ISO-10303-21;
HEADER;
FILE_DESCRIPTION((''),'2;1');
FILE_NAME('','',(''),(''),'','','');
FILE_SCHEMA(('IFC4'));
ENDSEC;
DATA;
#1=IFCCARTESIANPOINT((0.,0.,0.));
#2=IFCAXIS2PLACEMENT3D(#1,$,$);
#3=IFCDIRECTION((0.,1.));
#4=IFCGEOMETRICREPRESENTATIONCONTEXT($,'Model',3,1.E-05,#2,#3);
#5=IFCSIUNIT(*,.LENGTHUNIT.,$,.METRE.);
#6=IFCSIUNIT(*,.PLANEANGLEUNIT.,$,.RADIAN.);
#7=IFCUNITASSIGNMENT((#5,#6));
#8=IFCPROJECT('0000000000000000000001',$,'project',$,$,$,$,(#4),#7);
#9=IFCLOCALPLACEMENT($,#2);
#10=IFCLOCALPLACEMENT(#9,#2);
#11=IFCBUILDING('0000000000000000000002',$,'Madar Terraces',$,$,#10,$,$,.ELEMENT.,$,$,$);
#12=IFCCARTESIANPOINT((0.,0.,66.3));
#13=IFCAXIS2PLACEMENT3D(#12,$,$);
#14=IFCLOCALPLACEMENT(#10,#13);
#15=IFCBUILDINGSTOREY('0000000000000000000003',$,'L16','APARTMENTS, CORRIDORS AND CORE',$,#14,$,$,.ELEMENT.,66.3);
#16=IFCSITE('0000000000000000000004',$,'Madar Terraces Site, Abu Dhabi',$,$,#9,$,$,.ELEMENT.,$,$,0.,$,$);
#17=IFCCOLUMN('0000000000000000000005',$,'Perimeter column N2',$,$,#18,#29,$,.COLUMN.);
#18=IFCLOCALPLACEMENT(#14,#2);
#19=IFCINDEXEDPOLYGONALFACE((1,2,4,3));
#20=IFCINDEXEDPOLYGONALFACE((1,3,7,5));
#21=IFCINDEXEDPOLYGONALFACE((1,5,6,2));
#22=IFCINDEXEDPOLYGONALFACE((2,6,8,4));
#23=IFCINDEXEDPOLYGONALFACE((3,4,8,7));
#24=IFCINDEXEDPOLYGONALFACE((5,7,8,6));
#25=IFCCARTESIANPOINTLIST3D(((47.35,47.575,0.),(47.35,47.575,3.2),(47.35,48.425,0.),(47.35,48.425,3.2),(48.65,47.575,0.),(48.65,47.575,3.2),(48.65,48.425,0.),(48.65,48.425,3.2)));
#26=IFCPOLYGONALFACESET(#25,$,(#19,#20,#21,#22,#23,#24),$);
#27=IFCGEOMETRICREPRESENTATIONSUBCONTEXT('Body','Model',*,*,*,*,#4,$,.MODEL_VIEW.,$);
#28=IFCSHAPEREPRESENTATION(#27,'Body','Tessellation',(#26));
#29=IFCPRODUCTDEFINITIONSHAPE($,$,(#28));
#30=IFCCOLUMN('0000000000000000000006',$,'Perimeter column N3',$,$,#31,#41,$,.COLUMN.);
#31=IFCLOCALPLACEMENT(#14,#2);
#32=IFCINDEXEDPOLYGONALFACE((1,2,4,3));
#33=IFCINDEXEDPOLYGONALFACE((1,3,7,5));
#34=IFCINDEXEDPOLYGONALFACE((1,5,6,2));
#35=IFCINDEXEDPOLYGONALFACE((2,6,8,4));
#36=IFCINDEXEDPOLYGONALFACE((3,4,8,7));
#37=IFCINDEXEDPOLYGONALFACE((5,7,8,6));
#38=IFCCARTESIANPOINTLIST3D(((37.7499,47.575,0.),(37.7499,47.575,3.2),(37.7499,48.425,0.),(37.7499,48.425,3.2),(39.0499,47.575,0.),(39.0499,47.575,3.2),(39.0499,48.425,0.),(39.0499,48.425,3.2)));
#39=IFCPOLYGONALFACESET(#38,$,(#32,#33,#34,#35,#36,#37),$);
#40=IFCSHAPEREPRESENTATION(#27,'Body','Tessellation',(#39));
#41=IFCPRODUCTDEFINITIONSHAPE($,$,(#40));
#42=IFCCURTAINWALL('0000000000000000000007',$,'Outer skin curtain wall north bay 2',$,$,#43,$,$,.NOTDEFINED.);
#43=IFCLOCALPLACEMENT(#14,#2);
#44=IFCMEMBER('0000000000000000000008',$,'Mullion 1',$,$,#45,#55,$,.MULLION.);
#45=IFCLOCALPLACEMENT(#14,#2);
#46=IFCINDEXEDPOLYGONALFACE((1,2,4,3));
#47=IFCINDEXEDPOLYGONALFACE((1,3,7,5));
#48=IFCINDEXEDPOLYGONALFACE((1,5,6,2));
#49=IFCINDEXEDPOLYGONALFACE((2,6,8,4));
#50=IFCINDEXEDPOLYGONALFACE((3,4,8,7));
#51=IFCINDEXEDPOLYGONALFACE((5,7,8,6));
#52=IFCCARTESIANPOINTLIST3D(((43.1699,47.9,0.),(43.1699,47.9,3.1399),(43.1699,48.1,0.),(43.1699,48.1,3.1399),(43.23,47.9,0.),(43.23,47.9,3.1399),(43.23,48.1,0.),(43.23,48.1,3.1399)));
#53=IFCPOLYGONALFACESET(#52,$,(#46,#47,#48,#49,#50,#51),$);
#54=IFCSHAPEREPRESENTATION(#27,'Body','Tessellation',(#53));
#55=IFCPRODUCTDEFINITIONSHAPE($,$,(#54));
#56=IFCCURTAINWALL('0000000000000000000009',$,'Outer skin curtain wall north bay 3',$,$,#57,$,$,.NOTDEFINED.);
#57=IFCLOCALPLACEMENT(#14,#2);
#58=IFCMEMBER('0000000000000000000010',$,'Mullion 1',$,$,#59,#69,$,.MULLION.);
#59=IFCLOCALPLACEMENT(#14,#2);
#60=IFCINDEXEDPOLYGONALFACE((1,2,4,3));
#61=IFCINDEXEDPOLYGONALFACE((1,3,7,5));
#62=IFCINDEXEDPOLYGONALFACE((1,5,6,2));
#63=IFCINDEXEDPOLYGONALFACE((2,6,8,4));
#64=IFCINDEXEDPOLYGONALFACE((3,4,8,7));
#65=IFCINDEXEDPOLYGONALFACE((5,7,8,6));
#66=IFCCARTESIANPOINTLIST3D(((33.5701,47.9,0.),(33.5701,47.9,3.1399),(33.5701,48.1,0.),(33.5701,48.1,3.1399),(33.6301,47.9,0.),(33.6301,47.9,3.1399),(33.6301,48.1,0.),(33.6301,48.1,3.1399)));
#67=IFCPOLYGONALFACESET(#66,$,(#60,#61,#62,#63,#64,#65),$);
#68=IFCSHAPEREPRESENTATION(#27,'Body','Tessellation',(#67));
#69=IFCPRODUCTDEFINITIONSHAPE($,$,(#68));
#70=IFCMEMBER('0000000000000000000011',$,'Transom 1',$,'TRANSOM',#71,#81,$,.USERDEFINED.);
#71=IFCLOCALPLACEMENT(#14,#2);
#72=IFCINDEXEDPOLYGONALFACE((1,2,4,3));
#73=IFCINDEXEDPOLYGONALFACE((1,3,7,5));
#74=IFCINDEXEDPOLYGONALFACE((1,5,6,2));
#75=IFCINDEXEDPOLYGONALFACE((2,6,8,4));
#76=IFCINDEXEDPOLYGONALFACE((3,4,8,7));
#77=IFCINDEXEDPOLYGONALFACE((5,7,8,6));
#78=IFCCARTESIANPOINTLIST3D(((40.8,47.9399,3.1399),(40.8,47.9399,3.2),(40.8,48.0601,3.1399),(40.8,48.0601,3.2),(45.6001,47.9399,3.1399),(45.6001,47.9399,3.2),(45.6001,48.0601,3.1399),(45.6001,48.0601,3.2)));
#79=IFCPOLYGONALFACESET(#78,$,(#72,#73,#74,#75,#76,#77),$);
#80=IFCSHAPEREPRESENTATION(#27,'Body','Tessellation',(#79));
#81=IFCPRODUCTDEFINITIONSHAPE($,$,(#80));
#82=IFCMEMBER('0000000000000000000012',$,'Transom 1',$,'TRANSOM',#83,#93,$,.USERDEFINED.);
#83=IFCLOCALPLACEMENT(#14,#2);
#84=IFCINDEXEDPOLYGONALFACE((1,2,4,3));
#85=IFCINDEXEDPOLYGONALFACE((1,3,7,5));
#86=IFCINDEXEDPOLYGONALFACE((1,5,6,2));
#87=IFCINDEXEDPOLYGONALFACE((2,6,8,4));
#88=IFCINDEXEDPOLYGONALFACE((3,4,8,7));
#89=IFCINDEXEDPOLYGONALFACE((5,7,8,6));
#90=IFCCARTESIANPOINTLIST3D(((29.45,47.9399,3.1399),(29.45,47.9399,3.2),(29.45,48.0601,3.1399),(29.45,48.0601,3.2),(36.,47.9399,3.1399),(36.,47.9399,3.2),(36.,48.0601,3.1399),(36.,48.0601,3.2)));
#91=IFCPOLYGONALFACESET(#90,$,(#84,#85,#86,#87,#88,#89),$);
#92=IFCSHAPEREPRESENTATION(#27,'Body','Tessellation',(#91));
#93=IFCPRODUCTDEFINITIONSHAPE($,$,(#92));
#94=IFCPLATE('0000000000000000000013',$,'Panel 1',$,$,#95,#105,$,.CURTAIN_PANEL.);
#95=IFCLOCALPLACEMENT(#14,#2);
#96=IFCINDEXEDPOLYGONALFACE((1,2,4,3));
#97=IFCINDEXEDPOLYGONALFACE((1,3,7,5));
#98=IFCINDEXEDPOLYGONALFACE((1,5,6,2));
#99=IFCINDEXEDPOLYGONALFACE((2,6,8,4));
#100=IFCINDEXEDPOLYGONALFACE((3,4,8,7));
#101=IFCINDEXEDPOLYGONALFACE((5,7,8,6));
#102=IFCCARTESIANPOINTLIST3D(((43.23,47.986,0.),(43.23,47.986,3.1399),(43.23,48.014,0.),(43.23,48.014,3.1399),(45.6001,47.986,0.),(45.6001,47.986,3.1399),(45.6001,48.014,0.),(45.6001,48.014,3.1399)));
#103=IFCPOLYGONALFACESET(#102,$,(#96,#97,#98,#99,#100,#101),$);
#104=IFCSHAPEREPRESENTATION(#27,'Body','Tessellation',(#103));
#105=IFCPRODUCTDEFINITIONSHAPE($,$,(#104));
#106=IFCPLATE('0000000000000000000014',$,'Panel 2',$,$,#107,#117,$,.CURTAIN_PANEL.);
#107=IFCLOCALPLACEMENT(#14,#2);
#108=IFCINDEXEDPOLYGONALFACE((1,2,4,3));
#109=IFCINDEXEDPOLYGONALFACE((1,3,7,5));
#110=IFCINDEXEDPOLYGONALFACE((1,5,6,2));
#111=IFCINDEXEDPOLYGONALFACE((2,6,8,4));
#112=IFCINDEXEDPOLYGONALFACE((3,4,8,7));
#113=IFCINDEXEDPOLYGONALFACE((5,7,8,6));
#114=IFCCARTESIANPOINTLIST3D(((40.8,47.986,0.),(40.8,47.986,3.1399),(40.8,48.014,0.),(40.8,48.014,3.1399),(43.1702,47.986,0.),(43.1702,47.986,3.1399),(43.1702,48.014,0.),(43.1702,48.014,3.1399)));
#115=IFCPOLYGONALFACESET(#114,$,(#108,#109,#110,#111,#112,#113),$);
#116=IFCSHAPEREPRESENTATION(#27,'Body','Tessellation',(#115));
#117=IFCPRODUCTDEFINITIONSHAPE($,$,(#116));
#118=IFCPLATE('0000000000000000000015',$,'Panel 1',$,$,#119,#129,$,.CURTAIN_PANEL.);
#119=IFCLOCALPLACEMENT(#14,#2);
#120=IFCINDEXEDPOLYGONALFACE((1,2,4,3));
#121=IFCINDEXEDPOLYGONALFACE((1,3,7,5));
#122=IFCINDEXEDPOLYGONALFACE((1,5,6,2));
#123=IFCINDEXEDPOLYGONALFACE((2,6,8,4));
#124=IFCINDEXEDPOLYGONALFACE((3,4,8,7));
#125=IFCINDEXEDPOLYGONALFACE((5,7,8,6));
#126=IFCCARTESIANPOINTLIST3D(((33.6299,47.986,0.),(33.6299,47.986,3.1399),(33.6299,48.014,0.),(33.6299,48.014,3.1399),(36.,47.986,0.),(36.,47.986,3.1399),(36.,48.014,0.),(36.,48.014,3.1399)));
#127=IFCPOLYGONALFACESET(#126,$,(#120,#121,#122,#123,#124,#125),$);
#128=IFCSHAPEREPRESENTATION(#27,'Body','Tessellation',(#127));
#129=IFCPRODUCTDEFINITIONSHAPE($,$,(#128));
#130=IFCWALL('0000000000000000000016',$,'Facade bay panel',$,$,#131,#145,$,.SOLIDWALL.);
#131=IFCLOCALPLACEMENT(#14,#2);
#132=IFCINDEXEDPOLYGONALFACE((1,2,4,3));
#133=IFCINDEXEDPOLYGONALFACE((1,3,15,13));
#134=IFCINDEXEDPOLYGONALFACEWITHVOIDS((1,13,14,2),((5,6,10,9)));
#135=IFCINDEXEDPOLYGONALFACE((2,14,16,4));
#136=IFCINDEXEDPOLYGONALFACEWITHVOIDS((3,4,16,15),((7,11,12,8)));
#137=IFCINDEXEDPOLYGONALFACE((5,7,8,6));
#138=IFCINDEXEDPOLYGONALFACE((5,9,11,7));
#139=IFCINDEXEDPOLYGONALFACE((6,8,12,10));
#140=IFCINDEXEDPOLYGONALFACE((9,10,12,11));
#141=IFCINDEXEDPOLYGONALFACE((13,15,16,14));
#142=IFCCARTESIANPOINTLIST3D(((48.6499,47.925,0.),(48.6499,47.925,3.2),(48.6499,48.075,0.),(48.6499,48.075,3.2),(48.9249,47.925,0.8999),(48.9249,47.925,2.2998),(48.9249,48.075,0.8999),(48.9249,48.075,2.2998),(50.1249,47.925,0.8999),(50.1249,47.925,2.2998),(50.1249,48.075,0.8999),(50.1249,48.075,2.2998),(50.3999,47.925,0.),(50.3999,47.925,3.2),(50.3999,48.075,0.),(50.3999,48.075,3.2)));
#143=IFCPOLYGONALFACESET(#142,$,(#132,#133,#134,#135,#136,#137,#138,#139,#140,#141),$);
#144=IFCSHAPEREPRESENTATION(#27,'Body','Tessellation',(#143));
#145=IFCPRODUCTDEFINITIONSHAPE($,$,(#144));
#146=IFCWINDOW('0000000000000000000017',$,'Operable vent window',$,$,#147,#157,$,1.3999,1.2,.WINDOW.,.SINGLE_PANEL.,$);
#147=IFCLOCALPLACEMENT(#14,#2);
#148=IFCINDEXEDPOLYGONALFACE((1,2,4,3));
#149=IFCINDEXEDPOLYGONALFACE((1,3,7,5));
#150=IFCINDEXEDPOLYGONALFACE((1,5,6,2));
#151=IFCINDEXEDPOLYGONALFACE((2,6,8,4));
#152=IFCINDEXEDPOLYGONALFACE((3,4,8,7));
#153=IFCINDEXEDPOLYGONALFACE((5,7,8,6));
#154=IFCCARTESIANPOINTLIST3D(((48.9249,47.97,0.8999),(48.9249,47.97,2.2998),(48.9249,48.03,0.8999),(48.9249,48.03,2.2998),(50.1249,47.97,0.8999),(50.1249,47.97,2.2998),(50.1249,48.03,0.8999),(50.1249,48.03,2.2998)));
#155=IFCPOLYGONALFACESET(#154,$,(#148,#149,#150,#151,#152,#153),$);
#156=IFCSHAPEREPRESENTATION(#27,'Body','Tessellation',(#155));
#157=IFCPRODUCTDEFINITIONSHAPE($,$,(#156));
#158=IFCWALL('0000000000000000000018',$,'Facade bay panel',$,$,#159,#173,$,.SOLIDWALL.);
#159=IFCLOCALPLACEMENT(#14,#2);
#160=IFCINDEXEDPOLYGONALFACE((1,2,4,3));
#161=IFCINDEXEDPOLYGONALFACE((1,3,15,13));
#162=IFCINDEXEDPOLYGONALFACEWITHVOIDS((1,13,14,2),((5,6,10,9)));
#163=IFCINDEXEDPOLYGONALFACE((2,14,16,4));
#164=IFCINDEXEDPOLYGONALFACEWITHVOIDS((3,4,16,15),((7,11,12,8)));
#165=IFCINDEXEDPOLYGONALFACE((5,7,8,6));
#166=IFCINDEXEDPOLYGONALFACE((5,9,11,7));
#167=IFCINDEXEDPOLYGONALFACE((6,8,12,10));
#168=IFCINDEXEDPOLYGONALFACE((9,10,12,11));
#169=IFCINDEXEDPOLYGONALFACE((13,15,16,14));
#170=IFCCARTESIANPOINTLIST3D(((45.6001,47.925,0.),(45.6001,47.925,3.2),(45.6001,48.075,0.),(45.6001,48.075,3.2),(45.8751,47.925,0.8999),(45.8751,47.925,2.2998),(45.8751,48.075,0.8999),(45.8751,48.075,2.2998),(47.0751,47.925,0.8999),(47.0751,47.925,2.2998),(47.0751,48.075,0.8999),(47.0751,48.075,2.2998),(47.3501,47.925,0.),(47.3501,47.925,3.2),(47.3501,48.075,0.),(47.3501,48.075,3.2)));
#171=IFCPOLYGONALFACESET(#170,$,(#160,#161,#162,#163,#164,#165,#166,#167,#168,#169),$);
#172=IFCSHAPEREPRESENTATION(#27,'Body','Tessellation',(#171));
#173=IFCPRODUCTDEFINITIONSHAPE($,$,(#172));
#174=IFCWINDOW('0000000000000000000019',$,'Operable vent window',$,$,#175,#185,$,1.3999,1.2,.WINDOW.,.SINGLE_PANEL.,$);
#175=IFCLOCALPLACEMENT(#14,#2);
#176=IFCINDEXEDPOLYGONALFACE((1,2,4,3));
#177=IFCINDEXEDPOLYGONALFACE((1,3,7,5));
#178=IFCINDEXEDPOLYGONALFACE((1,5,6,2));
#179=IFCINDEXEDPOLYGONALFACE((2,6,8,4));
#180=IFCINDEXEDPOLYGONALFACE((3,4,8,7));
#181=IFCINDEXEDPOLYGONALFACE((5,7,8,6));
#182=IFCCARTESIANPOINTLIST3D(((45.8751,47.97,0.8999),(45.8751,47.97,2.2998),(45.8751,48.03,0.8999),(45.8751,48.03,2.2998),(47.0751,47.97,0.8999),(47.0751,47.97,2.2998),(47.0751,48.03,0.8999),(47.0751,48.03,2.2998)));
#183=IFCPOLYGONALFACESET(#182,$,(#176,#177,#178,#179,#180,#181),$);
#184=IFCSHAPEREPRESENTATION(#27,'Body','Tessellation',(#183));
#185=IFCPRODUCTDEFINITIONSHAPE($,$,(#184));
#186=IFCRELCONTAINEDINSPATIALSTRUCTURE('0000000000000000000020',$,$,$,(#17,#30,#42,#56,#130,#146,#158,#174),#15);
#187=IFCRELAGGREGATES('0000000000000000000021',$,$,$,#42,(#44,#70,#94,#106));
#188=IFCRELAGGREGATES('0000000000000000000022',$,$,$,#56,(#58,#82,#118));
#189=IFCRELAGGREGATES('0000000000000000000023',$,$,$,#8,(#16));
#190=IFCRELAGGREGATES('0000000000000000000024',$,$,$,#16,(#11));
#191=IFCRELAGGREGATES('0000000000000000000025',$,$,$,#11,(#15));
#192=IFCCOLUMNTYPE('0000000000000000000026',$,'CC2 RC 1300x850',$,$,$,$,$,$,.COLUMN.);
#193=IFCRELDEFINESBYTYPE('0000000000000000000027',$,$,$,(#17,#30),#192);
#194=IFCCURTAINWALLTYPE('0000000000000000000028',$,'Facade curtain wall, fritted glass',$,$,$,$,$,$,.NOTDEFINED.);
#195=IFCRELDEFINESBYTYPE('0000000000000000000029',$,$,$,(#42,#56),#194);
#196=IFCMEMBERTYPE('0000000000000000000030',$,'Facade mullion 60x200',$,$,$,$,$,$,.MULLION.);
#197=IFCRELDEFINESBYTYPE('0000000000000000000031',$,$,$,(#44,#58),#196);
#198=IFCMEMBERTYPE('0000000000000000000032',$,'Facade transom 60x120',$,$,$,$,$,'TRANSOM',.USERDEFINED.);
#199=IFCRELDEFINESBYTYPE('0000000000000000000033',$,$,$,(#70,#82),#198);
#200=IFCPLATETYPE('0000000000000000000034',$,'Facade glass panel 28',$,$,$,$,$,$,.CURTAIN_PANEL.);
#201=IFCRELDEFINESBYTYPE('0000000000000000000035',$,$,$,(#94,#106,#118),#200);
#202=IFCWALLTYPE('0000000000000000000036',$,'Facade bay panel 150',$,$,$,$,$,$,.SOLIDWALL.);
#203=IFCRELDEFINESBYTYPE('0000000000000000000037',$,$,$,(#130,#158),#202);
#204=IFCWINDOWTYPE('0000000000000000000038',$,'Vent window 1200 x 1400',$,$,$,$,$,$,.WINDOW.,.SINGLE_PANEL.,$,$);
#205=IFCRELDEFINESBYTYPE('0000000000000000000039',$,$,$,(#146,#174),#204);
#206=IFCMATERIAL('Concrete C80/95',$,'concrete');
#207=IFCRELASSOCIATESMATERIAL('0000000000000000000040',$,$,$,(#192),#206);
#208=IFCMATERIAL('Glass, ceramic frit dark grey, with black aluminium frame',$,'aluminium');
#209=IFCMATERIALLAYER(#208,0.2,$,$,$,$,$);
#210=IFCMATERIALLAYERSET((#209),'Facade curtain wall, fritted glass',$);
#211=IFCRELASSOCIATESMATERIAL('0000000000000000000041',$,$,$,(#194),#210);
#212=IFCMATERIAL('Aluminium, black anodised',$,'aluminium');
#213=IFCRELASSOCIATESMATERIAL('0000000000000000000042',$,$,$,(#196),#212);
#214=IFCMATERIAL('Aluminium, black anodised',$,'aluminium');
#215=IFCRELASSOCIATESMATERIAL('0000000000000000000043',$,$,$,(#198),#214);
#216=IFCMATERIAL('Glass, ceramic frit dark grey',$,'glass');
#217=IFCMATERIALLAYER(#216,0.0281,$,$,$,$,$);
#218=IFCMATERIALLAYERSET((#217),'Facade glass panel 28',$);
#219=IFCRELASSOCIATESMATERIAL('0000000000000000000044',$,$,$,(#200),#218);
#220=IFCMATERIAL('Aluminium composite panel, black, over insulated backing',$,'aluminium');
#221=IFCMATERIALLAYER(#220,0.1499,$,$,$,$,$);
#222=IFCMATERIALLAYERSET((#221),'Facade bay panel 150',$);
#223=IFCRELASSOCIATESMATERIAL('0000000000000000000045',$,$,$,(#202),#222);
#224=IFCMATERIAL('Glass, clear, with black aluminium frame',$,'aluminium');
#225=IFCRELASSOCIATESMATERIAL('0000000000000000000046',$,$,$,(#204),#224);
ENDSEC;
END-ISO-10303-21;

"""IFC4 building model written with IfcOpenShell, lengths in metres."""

from ifc_helpers import new_model, si_unit, direction, frame, frame_2d, origin, origin_2d, place, context, subcontext, project, spatial, rectangle, extrude, material, layer, layer_set, material_profile, profile_set, type_object, element, fill, aggregate, save


model = new_model("IFC4")

# Units and contexts
model_context = context("Model", 3, precision=1e-05, world=origin(), true_north=direction((0.0, 1.0)))
body_context = subcontext(model_context, "Body", "Model", "MODEL_VIEW")
ifc_project = project(units=[si_unit("LENGTHUNIT", "METRE"), si_unit("PLANEANGLEUNIT", "RADIAN")], contexts=[model_context])

# Site, building, storey
site_placement = place(None, origin())
site = spatial("IfcSite", under=ifc_project, at=site_placement, Name="Madar Terraces Site, Abu Dhabi", CompositionType="ELEMENT", RefElevation=0.0)
building_placement = place(site_placement, origin())
building = spatial("IfcBuilding", under=site, at=building_placement, Name="Madar Terraces", CompositionType="ELEMENT")
storey_placement = place(building_placement, frame((0.0, 0.0, 66.3)))
storey = spatial("IfcBuildingStorey", under=building, at=storey_placement, Name="L16", Description="APARTMENTS, CORRIDORS AND CORE", CompositionType="ELEMENT", Elevation=66.3)

# Columns
ifc_material_1 = material(Name="Concrete C80/95", Category="concrete")
ifc_material_profile_1 = material_profile(ifc_material_1, rectangle(XDim=1.3, YDim=0.8501, at=origin_2d()), Name="CC2 RC 1300x850")
ifc_profile_set_1 = profile_set([ifc_material_profile_1], Name="Concrete C80/95")
column_type = type_object("IfcColumnType", Name="CC2 RC 1300x850", PredefinedType="COLUMN", material=ifc_profile_set_1)
for number, where, z_axis, x_axis, name in (
    (1, (48.0, 48.0, 0.0), (0.0, 0.0, 1.0), (1.0, 0.0, 0.0), "Perimeter column N2"),
    (2, (38.3999, 48.0, 0.0), (0.0, 0.0, 1.0), (1.0, 0.0, 0.0), "Perimeter column N3"),
):
    element("IfcColumn", number, at=place(storey_placement, frame(where, z_axis=z_axis, x_axis=x_axis)), inside=storey, type_object=column_type, Name=name, PredefinedType="COLUMN", context=body_context, shape_type="SweptSolid", body=[
        extrude(rectangle(XDim=1.3, YDim=0.8501, at=origin_2d()), origin(), (0.0, 0.0, 1.0), 3.2),
    ])

# Curtain walls, members
ifc_material_2 = material(Name="Glass, ceramic frit dark grey, with black aluminium frame", Category="aluminium")
ifc_layer_1 = layer(ifc_material_2, 0.2)
ifc_layer_set_1 = layer_set([ifc_layer_1], Name="Facade curtain wall, fritted glass")
curtain_wall_type = type_object("IfcCurtainWallType", Name="Facade curtain wall, fritted glass", PredefinedType="NOTDEFINED", material=ifc_layer_set_1)
curtain_wall_1_placement = place(storey_placement, origin())
curtain_wall_1 = element("IfcCurtainWall", 3, at=curtain_wall_1_placement, inside=storey, type_object=curtain_wall_type, Name="Outer skin curtain wall north bay 2", PredefinedType="NOTDEFINED")
ifc_material_3 = material(Name="Aluminium, black anodised", Category="aluminium")
ifc_material_profile_2 = material_profile(ifc_material_3, rectangle(XDim=0.2, YDim=0.0601, at=origin_2d()), Name="Facade mullion 60x200")
ifc_profile_set_2 = profile_set([ifc_material_profile_2], Name="Aluminium, black anodised")
member_type_1 = type_object("IfcMemberType", Name="Facade mullion 60x200", PredefinedType="MULLION", material=ifc_profile_set_2)
member_1_placement = place(storey_placement, frame((43.2, 48.0, 0.0), z_axis=(0.0, 0.0, 1.0), x_axis=(0.0, -1.0, 0.0)))
member_1 = element("IfcMember", 4, at=member_1_placement, type_object=member_type_1, Name="Mullion 1", PredefinedType="MULLION", context=body_context, shape_type="SweptSolid", body=[
    extrude(rectangle(XDim=0.2, YDim=0.0601, at=origin_2d()), origin(), (0.0, 0.0, 1.0), 3.1399),
])
curtain_wall_2_placement = place(storey_placement, origin())
curtain_wall_2 = element("IfcCurtainWall", 5, at=curtain_wall_2_placement, inside=storey, type_object=curtain_wall_type, Name="Outer skin curtain wall north bay 3", PredefinedType="NOTDEFINED")
member_2_placement = place(storey_placement, frame((33.6001, 48.0, 0.0), z_axis=(0.0, 0.0, 1.0), x_axis=(0.0, -1.0, 0.0)))
member_2 = element("IfcMember", 6, at=member_2_placement, type_object=member_type_1, Name="Mullion 1", PredefinedType="MULLION", context=body_context, shape_type="SweptSolid", body=[
    extrude(rectangle(XDim=0.2, YDim=0.0601, at=origin_2d()), origin(), (0.0, 0.0, 1.0), 3.1399),
])

# Members
ifc_material_4 = material(Name="Aluminium, black anodised", Category="aluminium")
ifc_material_profile_3 = material_profile(ifc_material_4, rectangle(XDim=0.1201, YDim=0.0601, at=origin_2d()), Name="Facade transom 60x120")
ifc_profile_set_3 = profile_set([ifc_material_profile_3], Name="Aluminium, black anodised")
member_type_2 = type_object("IfcMemberType", Name="Facade transom 60x120", ElementType="TRANSOM", PredefinedType="USERDEFINED", material=ifc_profile_set_3)
member_3_placement = place(storey_placement, frame((45.6001, 48.0, 3.1699), z_axis=(-1.0, 0.0, 0.0), x_axis=(0.0, -1.0, 0.0)))
member_3 = element("IfcMember", 7, at=member_3_placement, type_object=member_type_2, Name="Transom 1", ObjectType="TRANSOM", PredefinedType="USERDEFINED", context=body_context, shape_type="SweptSolid", body=[
    extrude(rectangle(XDim=0.1201, YDim=0.0601, at=origin_2d()), origin(), (0.0, 0.0, 1.0), 4.8),
])
member_4_placement = place(storey_placement, frame((36.0, 48.0, 3.1699), z_axis=(-1.0, 0.0, 0.0), x_axis=(0.0, -1.0, 0.0)))
member_4 = element("IfcMember", 8, at=member_4_placement, type_object=member_type_2, Name="Transom 1", ObjectType="TRANSOM", PredefinedType="USERDEFINED", context=body_context, shape_type="SweptSolid", body=[
    extrude(rectangle(XDim=0.1201, YDim=0.0601, at=origin_2d()), origin(), (0.0, 0.0, 1.0), 6.55),
])

# Plates
ifc_material_5 = material(Name="Glass, ceramic frit dark grey", Category="glass")
ifc_layer_2 = layer(ifc_material_5, 0.0281)
ifc_layer_set_2 = layer_set([ifc_layer_2], Name="Facade glass panel 28")
plate_type = type_object("IfcPlateType", Name="Facade glass panel 28", PredefinedType="CURTAIN_PANEL", material=ifc_layer_set_2)
plate_1_placement = place(storey_placement, frame((44.415, 48.0, 0.0), z_axis=(0.0, 0.0, 1.0), x_axis=(-1.0, 0.0, 0.0)))
plate_1 = element("IfcPlate", 9, at=plate_1_placement, type_object=plate_type, Name="Panel 1", PredefinedType="CURTAIN_PANEL", context=body_context, shape_type="SweptSolid", body=[
    extrude(rectangle(XDim=2.3701, YDim=0.0281, at=origin_2d()), origin(), (0.0, 0.0, 1.0), 3.1399),
])
plate_2_placement = place(storey_placement, frame((41.9851, 48.0, 0.0), z_axis=(0.0, 0.0, 1.0), x_axis=(-1.0, 0.0, 0.0)))
plate_2 = element("IfcPlate", 10, at=plate_2_placement, type_object=plate_type, Name="Panel 2", PredefinedType="CURTAIN_PANEL", context=body_context, shape_type="SweptSolid", body=[
    extrude(rectangle(XDim=2.3701, YDim=0.0281, at=origin_2d()), origin(), (0.0, 0.0, 1.0), 3.1399),
])
aggregate(curtain_wall_1, [member_1, member_3, plate_1, plate_2])
plate_3_placement = place(storey_placement, frame((34.8149, 48.0, 0.0), z_axis=(0.0, 0.0, 1.0), x_axis=(-1.0, 0.0, 0.0)))
plate_3 = element("IfcPlate", 11, at=plate_3_placement, type_object=plate_type, Name="Panel 1", PredefinedType="CURTAIN_PANEL", context=body_context, shape_type="SweptSolid", body=[
    extrude(rectangle(XDim=2.3701, YDim=0.0281, at=origin_2d()), origin(), (0.0, 0.0, 1.0), 3.1399),
])
aggregate(curtain_wall_2, [member_2, member_4, plate_3])

# Walls, openings, windows
ifc_material_6 = material(Name="Aluminium composite panel, black, over insulated backing", Category="aluminium")
ifc_layer_3 = layer(ifc_material_6, 0.1499)
ifc_layer_set_3 = layer_set([ifc_layer_3], Name="Facade bay panel 150")
wall_type_1 = type_object("IfcWallType", Name="Facade bay panel 150", PredefinedType="SOLIDWALL", material=ifc_layer_set_3)
wall_1_placement = place(storey_placement, frame((50.3999, 48.0, 0.0), z_axis=(0.0, 0.0, 1.0), x_axis=(-1.0, 0.0, 0.0)))
wall_1 = element("IfcWall", 12, at=wall_1_placement, inside=storey, type_object=wall_type_1, Name="Facade bay panel", PredefinedType="SOLIDWALL", context=body_context, shape_type="SweptSolid", body=[
    extrude(rectangle(XDim=1.75, YDim=0.1499, at=frame_2d((0.875, 0.0))), origin(), (0.0, 0.0, 1.0), 3.2),
])
opening_1_placement = place(wall_1_placement, frame((0.2749, 0.0, 0.8999)))
opening_1 = element("IfcOpeningElement", 13, at=opening_1_placement, cuts=wall_1, PredefinedType="OPENING", context=body_context, shape_type="SweptSolid", body=[
    extrude(rectangle(XDim=1.2, YDim=1.3999, at=frame_2d((0.6001, 0.7))), frame((0.0, 0.085, 0.0), z_axis=(0.0, -1.0, 0.0), x_axis=(1.0, 0.0, 0.0)), (0.0, 0.0, 1.0), 0.1699),
])
ifc_material_7 = material(Name="Glass, clear, with black aluminium frame", Category="aluminium")
window_type = type_object("IfcWindowType", Name="Vent window 1200 x 1400", PartitioningType="SINGLE_PANEL", PredefinedType="WINDOW", material=ifc_material_7)
window_1_placement = place(opening_1_placement, origin())
window_1 = element("IfcWindow", 14, at=window_1_placement, inside=storey, type_object=window_type, Name="Operable vent window", OverallHeight=1.3999, OverallWidth=1.2, PartitioningType="SINGLE_PANEL", PredefinedType="WINDOW", context=body_context, shape_type="SweptSolid", body=[
    extrude(rectangle(XDim=1.2, YDim=1.3999, at=frame_2d((0.6001, 0.7))), frame((0.0, 0.03, 0.0), z_axis=(0.0, -1.0, 0.0), x_axis=(1.0, 0.0, 0.0)), (0.0, 0.0, 1.0), 0.0601),
])
fill(opening_1, window_1)
wall_2_placement = place(storey_placement, frame((47.3501, 48.0, 0.0), z_axis=(0.0, 0.0, 1.0), x_axis=(-1.0, 0.0, 0.0)))
wall_2 = element("IfcWall", 15, at=wall_2_placement, inside=storey, type_object=wall_type_1, Name="Facade bay panel", PredefinedType="SOLIDWALL", context=body_context, shape_type="SweptSolid", body=[
    extrude(rectangle(XDim=1.75, YDim=0.1499, at=frame_2d((0.875, 0.0))), origin(), (0.0, 0.0, 1.0), 3.2),
])
opening_2_placement = place(wall_2_placement, frame((0.2749, 0.0, 0.8999)))
opening_2 = element("IfcOpeningElement", 16, at=opening_2_placement, cuts=wall_2, PredefinedType="OPENING", context=body_context, shape_type="SweptSolid", body=[
    extrude(rectangle(XDim=1.2, YDim=1.3999, at=frame_2d((0.6001, 0.7))), frame((0.0, 0.085, 0.0), z_axis=(0.0, -1.0, 0.0), x_axis=(1.0, 0.0, 0.0)), (0.0, 0.0, 1.0), 0.1699),
])
window_2_placement = place(opening_2_placement, origin())
window_2 = element("IfcWindow", 17, at=window_2_placement, inside=storey, type_object=window_type, Name="Operable vent window", OverallHeight=1.3999, OverallWidth=1.2, PartitioningType="SINGLE_PANEL", PredefinedType="WINDOW", context=body_context, shape_type="SweptSolid", body=[
    extrude(rectangle(XDim=1.2, YDim=1.3999, at=frame_2d((0.6001, 0.7))), frame((0.0, 0.03, 0.0), z_axis=(0.0, -1.0, 0.0), x_axis=(1.0, 0.0, 0.0)), (0.0, 0.0, 1.0), 0.0601),
])
fill(opening_2, window_2)

save(model, "model.ifc")
